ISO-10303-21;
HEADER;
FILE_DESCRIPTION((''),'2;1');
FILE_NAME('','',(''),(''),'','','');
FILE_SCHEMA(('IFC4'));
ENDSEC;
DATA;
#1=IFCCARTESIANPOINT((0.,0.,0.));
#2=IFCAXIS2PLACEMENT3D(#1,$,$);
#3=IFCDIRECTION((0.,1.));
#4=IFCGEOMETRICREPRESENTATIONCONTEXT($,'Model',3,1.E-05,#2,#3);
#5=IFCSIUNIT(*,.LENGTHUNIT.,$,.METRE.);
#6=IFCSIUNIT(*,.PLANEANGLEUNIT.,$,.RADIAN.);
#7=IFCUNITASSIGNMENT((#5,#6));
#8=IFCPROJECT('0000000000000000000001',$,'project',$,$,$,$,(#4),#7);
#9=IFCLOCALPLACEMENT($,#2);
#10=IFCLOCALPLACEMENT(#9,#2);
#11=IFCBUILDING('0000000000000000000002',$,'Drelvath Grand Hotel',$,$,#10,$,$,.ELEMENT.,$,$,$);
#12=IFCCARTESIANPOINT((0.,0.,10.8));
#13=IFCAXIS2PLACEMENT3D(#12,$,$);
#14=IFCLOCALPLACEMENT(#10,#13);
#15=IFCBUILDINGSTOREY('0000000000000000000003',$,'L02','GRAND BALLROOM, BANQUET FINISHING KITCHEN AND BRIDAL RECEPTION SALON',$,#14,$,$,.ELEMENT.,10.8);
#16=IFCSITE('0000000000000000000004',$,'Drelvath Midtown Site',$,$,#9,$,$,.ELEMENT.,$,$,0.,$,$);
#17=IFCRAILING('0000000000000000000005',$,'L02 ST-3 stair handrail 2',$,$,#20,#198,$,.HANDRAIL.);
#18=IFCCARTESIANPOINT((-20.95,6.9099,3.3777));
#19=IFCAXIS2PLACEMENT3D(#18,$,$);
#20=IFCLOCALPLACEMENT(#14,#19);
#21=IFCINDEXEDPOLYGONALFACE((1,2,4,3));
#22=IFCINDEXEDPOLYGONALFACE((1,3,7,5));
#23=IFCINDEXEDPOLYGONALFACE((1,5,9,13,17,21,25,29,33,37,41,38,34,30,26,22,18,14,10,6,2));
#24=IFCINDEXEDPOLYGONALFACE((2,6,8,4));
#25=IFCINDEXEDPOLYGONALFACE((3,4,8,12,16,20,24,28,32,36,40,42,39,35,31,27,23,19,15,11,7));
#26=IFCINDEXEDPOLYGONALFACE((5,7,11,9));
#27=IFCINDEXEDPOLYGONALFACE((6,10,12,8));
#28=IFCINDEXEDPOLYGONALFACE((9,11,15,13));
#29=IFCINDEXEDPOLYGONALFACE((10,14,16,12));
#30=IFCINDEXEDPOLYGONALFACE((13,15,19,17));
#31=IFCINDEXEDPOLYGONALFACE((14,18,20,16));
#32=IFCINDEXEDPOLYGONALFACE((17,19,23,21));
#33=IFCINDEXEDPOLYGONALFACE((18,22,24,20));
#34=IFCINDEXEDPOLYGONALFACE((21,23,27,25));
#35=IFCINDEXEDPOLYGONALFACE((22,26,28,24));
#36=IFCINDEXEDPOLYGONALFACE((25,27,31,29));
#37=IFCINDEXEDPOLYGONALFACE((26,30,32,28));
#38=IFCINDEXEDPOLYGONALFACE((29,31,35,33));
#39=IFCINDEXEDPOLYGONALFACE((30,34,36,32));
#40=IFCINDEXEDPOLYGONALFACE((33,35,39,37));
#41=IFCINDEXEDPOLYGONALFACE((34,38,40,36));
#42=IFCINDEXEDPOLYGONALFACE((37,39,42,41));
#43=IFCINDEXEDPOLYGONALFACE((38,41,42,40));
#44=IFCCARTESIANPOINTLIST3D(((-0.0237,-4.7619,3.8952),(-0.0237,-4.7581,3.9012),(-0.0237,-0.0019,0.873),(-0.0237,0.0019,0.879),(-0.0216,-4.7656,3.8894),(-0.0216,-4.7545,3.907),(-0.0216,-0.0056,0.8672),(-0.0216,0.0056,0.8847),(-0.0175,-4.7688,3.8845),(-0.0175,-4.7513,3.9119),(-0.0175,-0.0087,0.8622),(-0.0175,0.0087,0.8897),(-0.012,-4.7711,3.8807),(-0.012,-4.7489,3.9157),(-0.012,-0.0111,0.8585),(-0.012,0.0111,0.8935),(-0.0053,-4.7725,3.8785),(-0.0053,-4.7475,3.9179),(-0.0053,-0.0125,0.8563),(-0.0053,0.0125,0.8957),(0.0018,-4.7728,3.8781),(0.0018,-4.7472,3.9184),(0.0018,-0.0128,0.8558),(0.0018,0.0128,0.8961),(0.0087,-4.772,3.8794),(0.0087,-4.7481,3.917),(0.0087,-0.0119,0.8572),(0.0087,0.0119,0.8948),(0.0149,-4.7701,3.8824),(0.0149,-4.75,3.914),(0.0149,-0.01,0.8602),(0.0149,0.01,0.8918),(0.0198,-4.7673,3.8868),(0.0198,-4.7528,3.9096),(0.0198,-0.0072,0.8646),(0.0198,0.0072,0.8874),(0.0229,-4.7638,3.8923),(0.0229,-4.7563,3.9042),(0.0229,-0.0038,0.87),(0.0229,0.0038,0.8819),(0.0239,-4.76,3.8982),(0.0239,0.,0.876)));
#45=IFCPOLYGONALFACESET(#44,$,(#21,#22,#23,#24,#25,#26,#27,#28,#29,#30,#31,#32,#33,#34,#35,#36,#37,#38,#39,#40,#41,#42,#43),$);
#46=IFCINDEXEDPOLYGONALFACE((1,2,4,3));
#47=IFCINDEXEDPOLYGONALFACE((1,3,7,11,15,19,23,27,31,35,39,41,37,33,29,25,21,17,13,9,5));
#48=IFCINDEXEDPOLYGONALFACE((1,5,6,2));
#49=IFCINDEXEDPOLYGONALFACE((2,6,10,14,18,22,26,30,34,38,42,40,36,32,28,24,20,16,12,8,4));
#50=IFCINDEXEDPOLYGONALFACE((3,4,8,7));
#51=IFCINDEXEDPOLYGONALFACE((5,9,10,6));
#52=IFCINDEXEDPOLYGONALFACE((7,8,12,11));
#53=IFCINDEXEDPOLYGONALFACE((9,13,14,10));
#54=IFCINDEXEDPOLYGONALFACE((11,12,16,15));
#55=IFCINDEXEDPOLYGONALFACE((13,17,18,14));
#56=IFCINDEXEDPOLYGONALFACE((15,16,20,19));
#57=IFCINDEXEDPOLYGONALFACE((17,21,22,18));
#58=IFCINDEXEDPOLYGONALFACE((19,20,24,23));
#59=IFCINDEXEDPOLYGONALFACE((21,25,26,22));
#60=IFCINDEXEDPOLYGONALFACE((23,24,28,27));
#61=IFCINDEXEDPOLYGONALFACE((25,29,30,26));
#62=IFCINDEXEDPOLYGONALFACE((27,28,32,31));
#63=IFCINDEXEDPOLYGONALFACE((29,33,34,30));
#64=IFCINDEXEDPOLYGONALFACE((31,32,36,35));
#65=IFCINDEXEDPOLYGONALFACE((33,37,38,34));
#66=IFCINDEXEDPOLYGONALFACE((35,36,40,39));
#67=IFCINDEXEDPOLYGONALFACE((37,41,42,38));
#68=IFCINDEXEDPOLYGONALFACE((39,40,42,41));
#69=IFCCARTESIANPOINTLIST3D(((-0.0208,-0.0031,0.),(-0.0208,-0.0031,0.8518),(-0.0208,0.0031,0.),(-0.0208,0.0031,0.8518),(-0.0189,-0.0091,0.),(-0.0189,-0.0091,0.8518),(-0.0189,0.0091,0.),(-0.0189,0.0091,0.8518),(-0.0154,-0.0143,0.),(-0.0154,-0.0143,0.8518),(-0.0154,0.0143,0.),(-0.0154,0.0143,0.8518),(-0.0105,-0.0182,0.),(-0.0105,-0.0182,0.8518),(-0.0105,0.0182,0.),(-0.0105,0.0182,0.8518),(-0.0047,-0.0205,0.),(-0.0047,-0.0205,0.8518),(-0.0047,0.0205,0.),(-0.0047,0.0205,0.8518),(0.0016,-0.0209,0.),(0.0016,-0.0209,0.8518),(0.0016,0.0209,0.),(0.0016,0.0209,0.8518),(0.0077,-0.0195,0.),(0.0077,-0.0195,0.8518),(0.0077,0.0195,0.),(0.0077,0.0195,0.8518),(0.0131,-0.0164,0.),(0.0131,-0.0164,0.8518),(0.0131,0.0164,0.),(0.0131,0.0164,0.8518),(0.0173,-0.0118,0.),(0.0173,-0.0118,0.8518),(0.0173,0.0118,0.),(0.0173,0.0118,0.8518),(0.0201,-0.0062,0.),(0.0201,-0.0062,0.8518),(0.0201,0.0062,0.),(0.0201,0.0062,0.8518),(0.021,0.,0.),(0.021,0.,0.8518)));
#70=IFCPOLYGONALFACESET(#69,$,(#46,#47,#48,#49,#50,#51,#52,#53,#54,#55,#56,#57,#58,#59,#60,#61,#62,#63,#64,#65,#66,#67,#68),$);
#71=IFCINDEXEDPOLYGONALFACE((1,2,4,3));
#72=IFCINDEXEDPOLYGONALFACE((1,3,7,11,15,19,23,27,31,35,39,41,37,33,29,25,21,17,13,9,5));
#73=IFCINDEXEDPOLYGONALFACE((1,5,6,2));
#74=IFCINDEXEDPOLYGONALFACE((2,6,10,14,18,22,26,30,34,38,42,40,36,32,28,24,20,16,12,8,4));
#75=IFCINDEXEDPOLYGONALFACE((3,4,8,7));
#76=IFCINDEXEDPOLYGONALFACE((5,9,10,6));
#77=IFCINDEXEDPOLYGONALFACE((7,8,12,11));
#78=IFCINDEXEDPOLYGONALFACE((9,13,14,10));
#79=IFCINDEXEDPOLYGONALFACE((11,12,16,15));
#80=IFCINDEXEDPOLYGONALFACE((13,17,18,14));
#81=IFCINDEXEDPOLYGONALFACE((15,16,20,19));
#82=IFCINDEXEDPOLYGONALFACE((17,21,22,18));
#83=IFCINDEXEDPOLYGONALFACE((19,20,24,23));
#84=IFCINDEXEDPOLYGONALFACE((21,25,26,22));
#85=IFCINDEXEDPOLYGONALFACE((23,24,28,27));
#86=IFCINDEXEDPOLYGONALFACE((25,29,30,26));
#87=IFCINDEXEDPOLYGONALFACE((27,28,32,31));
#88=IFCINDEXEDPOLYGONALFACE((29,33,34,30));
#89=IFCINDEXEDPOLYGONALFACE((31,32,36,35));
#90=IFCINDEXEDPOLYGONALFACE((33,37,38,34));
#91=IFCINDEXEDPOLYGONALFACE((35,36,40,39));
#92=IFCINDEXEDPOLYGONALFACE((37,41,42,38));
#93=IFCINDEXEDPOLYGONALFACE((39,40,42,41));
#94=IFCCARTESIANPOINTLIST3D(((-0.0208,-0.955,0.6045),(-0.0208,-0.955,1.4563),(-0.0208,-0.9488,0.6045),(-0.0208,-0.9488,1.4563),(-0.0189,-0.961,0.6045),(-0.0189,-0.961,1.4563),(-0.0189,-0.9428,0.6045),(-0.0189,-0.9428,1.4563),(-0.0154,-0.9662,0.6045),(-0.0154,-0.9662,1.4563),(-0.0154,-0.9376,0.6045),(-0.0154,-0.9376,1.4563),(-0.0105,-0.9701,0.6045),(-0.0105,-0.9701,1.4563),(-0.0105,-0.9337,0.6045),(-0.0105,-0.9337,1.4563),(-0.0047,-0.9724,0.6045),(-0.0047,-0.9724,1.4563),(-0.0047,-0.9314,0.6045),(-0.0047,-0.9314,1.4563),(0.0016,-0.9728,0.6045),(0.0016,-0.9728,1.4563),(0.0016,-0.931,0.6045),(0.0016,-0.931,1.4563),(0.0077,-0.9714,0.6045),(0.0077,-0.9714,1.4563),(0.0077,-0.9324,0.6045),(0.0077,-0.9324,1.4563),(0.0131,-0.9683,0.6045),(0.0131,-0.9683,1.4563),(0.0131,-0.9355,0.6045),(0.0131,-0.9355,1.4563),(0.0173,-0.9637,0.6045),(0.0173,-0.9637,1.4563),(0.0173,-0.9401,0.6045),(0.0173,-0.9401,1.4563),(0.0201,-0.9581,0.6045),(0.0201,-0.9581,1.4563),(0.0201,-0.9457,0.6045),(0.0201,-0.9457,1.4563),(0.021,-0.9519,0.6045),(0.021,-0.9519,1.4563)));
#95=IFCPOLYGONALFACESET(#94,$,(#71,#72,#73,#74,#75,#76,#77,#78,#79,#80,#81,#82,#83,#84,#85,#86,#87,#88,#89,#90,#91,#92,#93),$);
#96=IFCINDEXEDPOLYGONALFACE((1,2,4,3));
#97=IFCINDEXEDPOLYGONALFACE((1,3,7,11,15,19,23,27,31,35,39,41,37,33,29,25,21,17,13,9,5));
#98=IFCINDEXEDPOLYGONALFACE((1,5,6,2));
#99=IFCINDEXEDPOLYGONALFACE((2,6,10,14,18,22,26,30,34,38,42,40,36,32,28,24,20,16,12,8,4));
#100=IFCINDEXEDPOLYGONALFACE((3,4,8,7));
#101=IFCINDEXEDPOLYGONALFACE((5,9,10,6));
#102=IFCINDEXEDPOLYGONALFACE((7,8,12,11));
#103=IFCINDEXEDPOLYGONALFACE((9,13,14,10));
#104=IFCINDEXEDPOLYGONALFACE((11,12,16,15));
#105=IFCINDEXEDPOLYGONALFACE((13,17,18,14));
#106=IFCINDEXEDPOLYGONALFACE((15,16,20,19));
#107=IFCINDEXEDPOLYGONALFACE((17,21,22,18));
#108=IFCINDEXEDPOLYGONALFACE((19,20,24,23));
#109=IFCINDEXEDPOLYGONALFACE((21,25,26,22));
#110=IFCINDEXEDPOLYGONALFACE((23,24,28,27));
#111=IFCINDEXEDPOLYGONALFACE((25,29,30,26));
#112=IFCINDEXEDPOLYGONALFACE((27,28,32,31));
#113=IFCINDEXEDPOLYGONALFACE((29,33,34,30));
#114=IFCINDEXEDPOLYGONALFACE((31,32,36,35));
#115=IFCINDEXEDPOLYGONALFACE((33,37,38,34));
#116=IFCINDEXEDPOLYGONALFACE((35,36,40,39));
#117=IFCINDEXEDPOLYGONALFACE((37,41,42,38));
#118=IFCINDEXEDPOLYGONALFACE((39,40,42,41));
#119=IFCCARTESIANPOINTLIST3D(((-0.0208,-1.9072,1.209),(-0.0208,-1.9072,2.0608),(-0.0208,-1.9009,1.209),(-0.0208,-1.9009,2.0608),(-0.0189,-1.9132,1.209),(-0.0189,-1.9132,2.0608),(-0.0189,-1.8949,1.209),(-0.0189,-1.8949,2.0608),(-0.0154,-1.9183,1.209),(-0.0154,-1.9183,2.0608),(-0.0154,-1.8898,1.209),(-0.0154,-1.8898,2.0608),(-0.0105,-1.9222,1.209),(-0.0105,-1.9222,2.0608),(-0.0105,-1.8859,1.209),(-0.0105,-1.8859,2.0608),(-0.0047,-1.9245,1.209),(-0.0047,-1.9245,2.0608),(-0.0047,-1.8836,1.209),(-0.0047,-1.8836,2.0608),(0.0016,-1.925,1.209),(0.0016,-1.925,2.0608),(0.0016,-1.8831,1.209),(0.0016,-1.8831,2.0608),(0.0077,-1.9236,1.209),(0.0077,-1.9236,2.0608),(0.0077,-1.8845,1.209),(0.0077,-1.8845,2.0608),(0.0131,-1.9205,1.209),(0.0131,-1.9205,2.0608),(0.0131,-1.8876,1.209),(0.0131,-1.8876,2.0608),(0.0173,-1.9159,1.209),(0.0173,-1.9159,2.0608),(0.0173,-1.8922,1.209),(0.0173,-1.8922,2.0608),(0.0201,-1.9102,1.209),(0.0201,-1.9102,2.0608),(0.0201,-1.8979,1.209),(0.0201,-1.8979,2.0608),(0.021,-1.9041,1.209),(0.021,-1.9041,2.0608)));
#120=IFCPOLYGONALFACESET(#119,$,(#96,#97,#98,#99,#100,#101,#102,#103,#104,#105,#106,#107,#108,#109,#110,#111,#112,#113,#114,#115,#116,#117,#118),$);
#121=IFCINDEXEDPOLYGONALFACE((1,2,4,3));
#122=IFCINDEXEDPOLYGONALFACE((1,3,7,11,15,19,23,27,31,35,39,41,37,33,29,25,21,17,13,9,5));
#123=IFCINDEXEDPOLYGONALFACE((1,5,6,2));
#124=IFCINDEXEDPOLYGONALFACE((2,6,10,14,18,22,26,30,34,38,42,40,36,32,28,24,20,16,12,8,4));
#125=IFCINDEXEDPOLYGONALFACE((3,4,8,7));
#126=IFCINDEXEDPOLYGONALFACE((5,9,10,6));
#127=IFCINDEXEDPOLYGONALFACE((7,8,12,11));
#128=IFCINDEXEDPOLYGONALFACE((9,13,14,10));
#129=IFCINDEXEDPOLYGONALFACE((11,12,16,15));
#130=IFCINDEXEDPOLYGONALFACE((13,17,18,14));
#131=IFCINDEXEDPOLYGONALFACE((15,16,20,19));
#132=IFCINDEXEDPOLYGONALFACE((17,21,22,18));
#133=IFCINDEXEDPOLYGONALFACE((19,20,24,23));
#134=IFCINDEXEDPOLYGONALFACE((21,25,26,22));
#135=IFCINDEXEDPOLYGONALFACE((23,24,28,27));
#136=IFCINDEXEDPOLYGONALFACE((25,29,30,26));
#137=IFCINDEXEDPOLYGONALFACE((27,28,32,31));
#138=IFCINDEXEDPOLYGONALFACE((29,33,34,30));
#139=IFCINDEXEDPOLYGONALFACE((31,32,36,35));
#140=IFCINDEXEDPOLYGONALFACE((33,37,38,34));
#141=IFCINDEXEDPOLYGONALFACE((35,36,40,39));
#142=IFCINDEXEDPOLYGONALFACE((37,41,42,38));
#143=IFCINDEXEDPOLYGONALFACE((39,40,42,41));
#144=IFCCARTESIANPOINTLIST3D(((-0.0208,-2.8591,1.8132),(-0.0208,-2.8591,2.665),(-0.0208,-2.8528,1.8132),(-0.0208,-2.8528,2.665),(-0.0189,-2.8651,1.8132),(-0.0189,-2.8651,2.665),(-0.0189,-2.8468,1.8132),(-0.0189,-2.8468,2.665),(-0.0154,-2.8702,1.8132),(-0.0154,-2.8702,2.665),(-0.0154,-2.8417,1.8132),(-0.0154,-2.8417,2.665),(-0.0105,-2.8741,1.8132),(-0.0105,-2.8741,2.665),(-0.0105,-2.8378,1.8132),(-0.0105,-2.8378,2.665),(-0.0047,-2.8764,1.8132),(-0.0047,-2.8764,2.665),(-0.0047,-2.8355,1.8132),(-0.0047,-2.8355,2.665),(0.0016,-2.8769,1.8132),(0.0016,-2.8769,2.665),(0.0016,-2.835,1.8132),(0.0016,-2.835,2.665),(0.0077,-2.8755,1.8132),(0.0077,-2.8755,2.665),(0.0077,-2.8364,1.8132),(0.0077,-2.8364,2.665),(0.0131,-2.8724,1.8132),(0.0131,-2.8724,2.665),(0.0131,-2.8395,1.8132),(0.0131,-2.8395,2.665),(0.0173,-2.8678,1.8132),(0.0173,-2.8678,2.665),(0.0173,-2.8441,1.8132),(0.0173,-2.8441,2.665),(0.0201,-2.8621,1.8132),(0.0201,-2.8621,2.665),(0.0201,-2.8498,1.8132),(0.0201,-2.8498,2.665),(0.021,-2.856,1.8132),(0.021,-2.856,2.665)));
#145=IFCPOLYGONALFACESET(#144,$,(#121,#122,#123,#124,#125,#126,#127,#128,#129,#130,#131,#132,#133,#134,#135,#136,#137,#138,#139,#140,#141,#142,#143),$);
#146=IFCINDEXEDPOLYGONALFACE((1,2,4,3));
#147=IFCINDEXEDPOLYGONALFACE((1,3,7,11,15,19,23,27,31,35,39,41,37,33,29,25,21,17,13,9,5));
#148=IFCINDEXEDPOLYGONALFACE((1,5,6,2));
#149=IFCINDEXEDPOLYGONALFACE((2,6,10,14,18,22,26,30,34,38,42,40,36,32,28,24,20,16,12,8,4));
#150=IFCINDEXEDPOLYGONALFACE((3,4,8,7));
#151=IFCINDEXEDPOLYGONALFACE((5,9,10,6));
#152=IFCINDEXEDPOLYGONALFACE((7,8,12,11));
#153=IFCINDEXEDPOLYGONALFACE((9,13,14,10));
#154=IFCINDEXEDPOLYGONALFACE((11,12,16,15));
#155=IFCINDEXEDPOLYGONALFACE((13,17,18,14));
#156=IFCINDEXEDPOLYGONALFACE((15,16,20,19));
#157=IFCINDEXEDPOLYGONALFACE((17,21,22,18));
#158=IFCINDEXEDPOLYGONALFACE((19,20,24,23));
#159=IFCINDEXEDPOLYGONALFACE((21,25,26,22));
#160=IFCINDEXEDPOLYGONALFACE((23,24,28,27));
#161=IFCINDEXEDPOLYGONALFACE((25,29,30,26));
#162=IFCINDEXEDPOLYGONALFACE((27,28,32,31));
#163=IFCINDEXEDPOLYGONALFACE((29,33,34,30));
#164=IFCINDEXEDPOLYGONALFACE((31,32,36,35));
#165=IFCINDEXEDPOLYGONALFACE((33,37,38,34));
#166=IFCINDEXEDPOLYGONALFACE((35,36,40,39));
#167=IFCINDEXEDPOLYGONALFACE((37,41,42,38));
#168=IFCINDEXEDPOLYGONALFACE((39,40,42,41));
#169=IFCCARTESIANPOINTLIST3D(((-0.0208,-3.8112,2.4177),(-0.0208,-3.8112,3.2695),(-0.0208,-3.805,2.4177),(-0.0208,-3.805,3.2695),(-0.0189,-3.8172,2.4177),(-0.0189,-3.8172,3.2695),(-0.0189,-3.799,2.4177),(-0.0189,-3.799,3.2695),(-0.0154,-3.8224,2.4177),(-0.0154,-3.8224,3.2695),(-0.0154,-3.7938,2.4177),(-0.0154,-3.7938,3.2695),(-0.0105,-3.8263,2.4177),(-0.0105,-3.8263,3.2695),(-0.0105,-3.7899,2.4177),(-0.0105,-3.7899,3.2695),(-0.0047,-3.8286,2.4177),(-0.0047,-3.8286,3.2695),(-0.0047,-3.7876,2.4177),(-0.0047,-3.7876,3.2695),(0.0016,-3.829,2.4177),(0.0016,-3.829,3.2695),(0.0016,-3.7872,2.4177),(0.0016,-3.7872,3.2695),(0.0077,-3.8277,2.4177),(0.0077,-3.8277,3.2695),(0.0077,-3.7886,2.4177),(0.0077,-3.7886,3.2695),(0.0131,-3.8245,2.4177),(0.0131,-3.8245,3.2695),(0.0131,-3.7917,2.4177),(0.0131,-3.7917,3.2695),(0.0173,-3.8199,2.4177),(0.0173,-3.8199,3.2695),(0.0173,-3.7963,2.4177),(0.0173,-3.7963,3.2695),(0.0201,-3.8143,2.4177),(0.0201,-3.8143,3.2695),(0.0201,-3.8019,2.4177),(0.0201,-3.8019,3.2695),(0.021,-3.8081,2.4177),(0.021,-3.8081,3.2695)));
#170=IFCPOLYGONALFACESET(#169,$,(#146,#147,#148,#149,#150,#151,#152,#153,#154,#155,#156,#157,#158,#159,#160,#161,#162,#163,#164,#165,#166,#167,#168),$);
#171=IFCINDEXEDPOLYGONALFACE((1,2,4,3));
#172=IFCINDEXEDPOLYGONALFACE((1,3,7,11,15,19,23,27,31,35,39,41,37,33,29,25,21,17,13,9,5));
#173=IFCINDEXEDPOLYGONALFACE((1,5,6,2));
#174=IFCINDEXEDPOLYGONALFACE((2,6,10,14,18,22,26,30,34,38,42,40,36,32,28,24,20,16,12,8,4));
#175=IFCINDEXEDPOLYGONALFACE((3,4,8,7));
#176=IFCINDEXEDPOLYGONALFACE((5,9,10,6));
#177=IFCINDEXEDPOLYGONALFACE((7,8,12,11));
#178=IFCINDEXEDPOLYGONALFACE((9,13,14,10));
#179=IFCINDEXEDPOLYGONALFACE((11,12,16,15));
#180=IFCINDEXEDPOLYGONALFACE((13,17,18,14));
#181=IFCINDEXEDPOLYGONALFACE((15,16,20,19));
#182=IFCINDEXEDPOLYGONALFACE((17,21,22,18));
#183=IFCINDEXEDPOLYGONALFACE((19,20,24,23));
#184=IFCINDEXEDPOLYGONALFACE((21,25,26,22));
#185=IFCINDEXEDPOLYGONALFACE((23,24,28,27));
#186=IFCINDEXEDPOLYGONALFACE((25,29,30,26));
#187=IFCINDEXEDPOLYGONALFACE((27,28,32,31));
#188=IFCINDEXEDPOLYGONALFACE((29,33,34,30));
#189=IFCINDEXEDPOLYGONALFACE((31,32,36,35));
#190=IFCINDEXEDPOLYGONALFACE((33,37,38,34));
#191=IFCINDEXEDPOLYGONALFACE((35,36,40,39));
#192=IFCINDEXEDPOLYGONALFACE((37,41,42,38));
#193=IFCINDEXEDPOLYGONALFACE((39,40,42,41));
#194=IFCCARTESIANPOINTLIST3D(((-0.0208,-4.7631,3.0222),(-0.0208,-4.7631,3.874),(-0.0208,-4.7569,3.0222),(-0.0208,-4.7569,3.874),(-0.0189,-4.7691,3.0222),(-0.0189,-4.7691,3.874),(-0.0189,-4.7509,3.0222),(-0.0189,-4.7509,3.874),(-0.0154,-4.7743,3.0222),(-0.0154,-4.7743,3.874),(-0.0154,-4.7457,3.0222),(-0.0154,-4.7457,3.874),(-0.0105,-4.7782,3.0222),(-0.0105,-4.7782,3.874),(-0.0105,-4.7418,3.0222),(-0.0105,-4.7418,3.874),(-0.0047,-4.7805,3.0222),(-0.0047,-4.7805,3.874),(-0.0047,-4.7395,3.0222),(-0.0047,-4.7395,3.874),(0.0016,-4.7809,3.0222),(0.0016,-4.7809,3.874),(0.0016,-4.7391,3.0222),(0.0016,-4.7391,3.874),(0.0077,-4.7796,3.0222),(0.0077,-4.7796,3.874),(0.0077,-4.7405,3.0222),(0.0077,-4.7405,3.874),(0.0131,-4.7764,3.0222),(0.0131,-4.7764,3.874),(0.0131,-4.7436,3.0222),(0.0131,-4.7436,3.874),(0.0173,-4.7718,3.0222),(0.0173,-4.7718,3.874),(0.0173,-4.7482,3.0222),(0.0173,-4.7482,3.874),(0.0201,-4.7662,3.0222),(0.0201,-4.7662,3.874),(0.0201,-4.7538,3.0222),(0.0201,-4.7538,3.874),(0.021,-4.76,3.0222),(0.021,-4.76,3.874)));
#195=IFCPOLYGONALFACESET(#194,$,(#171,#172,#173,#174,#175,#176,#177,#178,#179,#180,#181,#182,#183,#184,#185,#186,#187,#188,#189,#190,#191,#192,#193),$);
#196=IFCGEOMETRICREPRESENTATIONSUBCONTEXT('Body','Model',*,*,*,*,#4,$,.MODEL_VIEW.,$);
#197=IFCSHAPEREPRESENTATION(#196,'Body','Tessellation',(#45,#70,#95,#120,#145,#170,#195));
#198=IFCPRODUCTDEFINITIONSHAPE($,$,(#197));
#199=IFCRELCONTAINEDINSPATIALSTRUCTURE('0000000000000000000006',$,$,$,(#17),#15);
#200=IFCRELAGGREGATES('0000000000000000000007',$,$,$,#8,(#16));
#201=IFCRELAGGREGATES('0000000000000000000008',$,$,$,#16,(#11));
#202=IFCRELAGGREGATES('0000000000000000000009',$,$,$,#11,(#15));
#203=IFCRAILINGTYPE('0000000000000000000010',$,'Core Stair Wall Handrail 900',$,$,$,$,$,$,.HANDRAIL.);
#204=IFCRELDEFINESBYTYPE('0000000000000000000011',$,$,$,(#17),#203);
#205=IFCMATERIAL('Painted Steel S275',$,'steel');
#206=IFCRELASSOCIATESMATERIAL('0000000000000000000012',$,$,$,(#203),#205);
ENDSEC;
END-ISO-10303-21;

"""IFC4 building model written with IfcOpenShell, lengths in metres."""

from ifc_helpers import new_model, si_unit, direction, frame, origin, origin_2d, place, context, subcontext, project, spatial, circle, extrude, material, type_object, element, save


model = new_model("IFC4")

# Units and contexts
model_context = context("Model", 3, precision=1e-05, world=origin(), true_north=direction((0.0, 1.0)))
body_context = subcontext(model_context, "Body", "Model", "MODEL_VIEW")
ifc_project = project(units=[si_unit("LENGTHUNIT", "METRE"), si_unit("PLANEANGLEUNIT", "RADIAN")], contexts=[model_context])

# Site, building, storey
site_placement = place(None, origin())
site = spatial("IfcSite", under=ifc_project, at=site_placement, Name="Drelvath Midtown Site", CompositionType="ELEMENT", RefElevation=0.0)
building_placement = place(site_placement, origin())
building = spatial("IfcBuilding", under=site, at=building_placement, Name="Drelvath Grand Hotel", CompositionType="ELEMENT")
storey_placement = place(building_placement, frame((0.0, 0.0, 10.8)))
storey = spatial("IfcBuildingStorey", under=building, at=storey_placement, Name="L02", Description="GRAND BALLROOM, BANQUET FINISHING KITCHEN AND BRIDAL RECEPTION SALON", CompositionType="ELEMENT", Elevation=10.8)

# Railing
ifc_material_1 = material(Name="Painted Steel S275", Category="steel")
railing_type_1 = type_object("IfcRailingType", Name="Core Stair Wall Handrail 900", PredefinedType="HANDRAIL", material=ifc_material_1)
railing_1_placement = place(storey_placement, frame((-20.95, 6.9099, 3.3777)))
element("IfcRailing", 1, at=railing_1_placement, inside=storey, type_object=railing_type_1, Name="L02 ST-3 stair handrail 2", PredefinedType="HANDRAIL", context=body_context, shape_type="SweptSolid", body=[
    extrude(circle(Radius=0.0239, at=origin_2d()), frame((0.0, 0.0, 0.876), z_axis=(0.0, -0.844214, 0.536007), x_axis=(1.0, 0.0, 0.0)), (0.0, 0.0, 1.0), 5.6384),
    extrude(circle(Radius=0.021, at=origin_2d()), origin(), (0.0, 0.0, 1.0), 0.8518),
    extrude(circle(Radius=0.021, at=origin_2d()), frame((0.0, -0.9519, 0.6045)), (0.0, 0.0, 1.0), 0.8518),
    extrude(circle(Radius=0.021, at=origin_2d()), frame((0.0, -1.9041, 1.209)), (0.0, 0.0, 1.0), 0.8518),
    extrude(circle(Radius=0.021, at=origin_2d()), frame((0.0, -2.856, 1.8132)), (0.0, 0.0, 1.0), 0.8518),
    extrude(circle(Radius=0.021, at=origin_2d()), frame((0.0, -3.8081, 2.4177)), (0.0, 0.0, 1.0), 0.8518),
    extrude(circle(Radius=0.021, at=origin_2d()), frame((0.0, -4.76, 3.0222)), (0.0, 0.0, 1.0), 0.8518),
])

save(model, "model.ifc")
